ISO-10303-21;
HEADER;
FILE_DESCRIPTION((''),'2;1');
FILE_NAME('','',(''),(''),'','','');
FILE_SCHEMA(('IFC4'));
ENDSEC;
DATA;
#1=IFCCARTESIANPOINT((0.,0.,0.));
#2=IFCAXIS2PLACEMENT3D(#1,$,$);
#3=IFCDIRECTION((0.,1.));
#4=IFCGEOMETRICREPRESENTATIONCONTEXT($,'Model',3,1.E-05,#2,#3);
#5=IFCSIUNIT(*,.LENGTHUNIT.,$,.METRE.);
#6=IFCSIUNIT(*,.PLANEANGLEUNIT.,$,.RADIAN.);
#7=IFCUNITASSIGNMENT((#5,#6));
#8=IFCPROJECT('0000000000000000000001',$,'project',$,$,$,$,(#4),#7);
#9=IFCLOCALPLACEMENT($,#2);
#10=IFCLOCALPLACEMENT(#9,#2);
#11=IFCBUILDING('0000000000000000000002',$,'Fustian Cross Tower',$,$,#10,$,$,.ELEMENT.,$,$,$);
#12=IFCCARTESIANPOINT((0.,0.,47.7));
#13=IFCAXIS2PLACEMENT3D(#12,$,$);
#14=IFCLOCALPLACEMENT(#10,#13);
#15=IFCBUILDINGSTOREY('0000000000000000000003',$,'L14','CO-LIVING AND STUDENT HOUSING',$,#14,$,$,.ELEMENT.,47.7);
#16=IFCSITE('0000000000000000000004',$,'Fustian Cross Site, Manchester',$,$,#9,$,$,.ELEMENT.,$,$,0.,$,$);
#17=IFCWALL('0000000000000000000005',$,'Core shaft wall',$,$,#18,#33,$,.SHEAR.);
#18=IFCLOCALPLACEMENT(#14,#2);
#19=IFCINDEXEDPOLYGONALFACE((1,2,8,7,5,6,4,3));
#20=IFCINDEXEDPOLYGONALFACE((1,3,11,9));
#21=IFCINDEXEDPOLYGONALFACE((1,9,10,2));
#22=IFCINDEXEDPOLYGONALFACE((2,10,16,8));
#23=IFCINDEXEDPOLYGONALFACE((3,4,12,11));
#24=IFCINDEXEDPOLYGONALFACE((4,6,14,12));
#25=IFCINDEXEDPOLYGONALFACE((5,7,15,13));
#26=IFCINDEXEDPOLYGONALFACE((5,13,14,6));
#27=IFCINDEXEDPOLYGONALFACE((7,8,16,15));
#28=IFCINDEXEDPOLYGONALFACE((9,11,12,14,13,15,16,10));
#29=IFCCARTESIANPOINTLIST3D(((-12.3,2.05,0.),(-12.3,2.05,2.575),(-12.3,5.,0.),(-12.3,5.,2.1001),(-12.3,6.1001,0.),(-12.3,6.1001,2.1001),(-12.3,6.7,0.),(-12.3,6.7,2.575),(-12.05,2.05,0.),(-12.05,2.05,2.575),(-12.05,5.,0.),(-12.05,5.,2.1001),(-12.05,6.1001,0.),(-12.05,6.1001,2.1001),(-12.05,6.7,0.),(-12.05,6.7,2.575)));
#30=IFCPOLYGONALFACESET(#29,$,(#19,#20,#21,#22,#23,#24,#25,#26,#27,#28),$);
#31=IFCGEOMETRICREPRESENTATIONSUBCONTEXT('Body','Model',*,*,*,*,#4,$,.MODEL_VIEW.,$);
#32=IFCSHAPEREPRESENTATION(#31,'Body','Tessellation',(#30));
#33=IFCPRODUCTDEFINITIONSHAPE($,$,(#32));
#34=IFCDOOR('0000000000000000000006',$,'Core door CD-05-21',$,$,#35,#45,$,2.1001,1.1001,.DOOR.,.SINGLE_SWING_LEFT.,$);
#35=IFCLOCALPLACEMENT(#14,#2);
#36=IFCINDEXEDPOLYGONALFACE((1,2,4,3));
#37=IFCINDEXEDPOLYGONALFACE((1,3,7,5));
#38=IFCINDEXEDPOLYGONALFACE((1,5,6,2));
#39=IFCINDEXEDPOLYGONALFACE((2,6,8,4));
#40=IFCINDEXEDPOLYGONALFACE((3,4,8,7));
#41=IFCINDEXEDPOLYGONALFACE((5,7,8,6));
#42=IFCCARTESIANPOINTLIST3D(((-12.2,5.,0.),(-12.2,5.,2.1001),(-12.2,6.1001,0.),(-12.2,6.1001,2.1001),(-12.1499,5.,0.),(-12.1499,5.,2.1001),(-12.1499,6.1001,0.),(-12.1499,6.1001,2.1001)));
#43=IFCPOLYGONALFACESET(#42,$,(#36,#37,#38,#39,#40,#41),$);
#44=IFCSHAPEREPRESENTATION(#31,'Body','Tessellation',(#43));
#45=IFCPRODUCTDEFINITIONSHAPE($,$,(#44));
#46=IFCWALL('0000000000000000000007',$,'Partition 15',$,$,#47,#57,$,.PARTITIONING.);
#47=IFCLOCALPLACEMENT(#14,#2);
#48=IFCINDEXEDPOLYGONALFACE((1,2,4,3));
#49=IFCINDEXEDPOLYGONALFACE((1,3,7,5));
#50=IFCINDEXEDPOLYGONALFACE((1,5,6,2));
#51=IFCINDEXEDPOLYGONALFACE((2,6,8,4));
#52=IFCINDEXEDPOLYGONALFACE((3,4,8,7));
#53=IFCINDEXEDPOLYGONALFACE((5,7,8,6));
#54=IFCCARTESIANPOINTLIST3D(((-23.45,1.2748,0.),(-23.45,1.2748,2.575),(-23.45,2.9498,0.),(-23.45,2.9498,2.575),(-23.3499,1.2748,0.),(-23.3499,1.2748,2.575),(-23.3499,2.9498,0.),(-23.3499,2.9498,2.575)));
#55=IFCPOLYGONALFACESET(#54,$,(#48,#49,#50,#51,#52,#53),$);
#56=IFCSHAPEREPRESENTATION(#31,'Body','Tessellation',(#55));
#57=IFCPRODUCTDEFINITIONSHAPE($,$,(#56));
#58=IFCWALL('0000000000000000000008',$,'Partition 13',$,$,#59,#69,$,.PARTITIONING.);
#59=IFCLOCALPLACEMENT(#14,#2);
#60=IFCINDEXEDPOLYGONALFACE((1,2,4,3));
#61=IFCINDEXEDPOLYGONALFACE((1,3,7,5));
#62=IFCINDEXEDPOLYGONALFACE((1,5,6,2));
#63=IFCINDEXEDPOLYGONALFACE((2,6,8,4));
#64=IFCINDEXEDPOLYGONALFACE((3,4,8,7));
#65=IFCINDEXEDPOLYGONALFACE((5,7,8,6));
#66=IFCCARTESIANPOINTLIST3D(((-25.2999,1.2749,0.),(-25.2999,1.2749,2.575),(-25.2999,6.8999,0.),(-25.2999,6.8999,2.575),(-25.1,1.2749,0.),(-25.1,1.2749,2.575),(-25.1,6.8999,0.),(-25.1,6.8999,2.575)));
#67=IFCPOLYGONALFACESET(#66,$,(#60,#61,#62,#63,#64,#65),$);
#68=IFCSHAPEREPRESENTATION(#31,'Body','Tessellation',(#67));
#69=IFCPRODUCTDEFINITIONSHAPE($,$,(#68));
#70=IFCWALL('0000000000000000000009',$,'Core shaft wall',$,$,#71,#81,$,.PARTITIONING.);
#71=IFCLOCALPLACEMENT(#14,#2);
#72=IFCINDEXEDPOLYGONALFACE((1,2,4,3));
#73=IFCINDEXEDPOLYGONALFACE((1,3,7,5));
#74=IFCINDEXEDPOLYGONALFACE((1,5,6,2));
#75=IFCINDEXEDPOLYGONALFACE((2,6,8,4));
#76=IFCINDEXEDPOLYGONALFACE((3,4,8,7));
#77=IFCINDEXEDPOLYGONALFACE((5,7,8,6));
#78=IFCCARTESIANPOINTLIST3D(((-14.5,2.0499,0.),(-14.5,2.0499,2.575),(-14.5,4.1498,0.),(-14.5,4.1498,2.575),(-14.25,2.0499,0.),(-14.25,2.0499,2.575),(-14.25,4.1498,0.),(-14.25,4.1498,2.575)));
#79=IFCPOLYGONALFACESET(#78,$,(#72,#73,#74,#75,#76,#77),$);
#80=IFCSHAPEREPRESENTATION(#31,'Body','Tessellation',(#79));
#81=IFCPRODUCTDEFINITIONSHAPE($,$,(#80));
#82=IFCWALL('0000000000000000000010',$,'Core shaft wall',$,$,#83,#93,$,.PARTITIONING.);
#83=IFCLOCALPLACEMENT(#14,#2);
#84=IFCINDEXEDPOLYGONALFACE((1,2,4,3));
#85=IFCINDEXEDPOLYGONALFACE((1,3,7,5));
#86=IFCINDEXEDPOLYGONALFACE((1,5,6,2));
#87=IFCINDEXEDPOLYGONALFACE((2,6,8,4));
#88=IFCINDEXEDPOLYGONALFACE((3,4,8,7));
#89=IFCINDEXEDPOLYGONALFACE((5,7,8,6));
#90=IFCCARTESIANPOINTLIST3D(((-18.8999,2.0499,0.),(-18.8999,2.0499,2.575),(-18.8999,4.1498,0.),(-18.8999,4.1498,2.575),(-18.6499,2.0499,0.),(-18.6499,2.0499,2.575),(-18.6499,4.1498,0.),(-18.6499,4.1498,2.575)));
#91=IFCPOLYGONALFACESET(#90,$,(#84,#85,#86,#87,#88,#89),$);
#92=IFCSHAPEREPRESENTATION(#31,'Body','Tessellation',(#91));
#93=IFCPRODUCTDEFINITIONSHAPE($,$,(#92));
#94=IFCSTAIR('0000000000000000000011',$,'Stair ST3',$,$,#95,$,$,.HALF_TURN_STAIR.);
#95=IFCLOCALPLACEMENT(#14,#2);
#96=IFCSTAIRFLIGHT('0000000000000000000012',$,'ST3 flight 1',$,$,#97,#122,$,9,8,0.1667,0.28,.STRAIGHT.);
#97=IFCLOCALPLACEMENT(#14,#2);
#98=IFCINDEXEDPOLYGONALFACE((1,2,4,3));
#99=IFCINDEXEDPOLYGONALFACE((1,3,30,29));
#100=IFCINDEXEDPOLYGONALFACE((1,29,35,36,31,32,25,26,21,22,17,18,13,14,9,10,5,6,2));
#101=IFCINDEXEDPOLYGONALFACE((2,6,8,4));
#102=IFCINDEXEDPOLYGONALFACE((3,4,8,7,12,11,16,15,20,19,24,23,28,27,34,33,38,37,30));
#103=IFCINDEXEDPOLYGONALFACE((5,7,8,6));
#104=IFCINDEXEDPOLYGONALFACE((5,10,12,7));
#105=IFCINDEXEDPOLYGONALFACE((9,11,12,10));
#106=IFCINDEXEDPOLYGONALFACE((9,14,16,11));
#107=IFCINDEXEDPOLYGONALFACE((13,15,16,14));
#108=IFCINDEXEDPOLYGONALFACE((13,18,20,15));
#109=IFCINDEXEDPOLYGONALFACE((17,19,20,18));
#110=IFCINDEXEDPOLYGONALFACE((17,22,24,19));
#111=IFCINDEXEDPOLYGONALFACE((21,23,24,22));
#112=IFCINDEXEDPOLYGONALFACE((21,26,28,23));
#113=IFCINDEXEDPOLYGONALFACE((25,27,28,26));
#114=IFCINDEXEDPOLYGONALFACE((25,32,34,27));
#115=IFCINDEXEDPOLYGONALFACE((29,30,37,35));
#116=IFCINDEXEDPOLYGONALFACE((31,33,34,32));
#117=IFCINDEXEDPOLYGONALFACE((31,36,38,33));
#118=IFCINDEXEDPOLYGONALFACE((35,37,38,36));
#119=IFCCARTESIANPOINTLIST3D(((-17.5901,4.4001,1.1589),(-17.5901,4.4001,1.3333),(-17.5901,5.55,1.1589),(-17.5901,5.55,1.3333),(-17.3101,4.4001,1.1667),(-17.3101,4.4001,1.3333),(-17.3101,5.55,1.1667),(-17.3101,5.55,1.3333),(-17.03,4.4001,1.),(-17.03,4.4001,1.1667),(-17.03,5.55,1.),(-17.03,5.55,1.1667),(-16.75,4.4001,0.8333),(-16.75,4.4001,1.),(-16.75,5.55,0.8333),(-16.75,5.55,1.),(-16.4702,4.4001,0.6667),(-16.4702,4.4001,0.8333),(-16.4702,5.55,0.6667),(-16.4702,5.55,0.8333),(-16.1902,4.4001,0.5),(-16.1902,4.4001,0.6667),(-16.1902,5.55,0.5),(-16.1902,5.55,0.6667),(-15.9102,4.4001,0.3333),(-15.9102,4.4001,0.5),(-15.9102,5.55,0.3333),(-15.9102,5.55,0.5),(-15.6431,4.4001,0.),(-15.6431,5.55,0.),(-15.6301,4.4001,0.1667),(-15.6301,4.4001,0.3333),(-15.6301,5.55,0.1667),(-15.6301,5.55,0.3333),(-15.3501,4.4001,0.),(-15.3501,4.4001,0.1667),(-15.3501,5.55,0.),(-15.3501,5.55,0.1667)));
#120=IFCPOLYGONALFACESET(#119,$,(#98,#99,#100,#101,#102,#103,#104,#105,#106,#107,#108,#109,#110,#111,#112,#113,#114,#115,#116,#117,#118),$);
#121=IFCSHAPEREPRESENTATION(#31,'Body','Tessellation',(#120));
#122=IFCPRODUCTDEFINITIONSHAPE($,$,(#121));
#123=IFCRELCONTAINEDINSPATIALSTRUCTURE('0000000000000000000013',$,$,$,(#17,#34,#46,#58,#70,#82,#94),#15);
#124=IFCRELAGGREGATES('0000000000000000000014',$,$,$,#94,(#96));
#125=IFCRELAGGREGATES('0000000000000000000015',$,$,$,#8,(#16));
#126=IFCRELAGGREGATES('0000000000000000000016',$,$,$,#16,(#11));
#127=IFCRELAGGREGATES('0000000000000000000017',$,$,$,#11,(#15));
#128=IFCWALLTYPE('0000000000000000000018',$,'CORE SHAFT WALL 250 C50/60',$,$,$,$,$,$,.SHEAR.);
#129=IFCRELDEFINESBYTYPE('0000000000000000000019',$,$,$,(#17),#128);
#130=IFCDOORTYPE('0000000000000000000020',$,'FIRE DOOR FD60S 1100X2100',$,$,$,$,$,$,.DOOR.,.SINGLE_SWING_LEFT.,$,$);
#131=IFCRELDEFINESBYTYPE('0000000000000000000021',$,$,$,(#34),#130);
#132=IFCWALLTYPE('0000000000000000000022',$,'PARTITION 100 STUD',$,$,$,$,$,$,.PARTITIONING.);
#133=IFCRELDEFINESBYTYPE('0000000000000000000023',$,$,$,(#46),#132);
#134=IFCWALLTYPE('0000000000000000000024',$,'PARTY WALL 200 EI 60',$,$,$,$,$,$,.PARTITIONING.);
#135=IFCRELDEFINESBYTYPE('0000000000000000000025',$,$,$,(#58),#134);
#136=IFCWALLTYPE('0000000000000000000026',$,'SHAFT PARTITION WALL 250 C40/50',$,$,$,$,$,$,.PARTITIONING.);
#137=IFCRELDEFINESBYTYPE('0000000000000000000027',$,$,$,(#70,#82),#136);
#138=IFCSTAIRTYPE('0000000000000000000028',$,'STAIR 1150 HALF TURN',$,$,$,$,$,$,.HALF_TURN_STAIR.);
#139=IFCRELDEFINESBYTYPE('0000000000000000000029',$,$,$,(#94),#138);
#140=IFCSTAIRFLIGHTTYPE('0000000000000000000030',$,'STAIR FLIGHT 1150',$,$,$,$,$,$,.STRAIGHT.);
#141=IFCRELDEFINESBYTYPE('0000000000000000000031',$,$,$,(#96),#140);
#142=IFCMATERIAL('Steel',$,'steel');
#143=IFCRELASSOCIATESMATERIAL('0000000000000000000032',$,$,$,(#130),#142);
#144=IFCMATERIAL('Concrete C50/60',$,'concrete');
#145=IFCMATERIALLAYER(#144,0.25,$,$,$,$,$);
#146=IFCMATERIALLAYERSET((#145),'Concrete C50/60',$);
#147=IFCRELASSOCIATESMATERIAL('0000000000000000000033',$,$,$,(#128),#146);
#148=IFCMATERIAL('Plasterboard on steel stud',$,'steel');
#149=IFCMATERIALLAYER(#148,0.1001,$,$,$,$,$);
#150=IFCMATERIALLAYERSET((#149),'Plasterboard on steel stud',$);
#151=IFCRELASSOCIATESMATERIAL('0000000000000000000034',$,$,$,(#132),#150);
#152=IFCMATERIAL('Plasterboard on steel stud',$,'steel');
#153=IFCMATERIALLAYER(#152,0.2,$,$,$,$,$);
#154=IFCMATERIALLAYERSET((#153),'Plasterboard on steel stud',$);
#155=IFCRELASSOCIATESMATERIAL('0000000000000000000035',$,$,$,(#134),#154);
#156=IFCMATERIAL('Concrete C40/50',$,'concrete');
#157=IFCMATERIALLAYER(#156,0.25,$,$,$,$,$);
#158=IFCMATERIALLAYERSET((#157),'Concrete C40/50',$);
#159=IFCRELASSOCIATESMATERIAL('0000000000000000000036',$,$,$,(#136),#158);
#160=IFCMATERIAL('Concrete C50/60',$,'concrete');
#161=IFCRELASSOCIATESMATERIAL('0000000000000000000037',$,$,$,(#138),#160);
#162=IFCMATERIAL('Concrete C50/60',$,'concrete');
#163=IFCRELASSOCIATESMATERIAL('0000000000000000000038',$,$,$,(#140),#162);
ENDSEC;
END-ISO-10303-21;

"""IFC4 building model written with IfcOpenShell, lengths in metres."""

from ifc_helpers import new_model, si_unit, direction, frame, frame_2d, origin, place, context, subcontext, project, spatial, polyline, rectangle, outline, extrude, material, layer, layer_set, type_object, element, fill, aggregate, save


model = new_model("IFC4")

# Units and contexts
model_context = context("Model", 3, precision=1e-05, world=origin(), true_north=direction((0.0, 1.0)))
body_context = subcontext(model_context, "Body", "Model", "MODEL_VIEW")
ifc_project = project(units=[si_unit("LENGTHUNIT", "METRE"), si_unit("PLANEANGLEUNIT", "RADIAN")], contexts=[model_context])

# Site, building, storey
site_placement = place(None, origin())
site = spatial("IfcSite", under=ifc_project, at=site_placement, Name="Fustian Cross Site, Manchester", CompositionType="ELEMENT", RefElevation=0.0)
building_placement = place(site_placement, origin())
building = spatial("IfcBuilding", under=site, at=building_placement, Name="Fustian Cross Tower", CompositionType="ELEMENT")
storey_placement = place(building_placement, frame((0.0, 0.0, 47.7)))
storey = spatial("IfcBuildingStorey", under=building, at=storey_placement, Name="L14", Description="CO-LIVING AND STUDENT HOUSING", CompositionType="ELEMENT", Elevation=47.7)

# Shared definitions
ifc_material_1 = material(Name="Steel", Category="steel")
door_type_1 = type_object("IfcDoorType", Name="FIRE DOOR FD60S 1100X2100", OperationType="SINGLE_SWING_LEFT", PredefinedType="DOOR", material=ifc_material_1)

# Shared definitions
ifc_material_2 = material(Name="Concrete C50/60", Category="concrete")
ifc_layer_1 = layer(ifc_material_2, 0.25)
ifc_layer_set_1 = layer_set([ifc_layer_1], Name="Concrete C50/60")
wall_type_1 = type_object("IfcWallType", Name="CORE SHAFT WALL 250 C50/60", PredefinedType="SHEAR", material=ifc_layer_set_1)

# Wall, opening, door
wall_1_placement = place(storey_placement, frame((-12.175, 2.05, 0.0), z_axis=(0.0, 0.0, 1.0), x_axis=(0.0, 1.0, 0.0)))
wall_1 = element("IfcWall", 1, at=wall_1_placement, inside=storey, type_object=wall_type_1, Name="Core shaft wall", PredefinedType="SHEAR", context=body_context, shape_type="SweptSolid", body=[
    extrude(rectangle(XDim=4.6499, YDim=0.25, at=frame_2d((2.325, 0.0))), origin(), (0.0, 0.0, 1.0), 2.575),
])
opening_1_placement = place(wall_1_placement, frame((2.95, 0.0, 0.0)))
opening_1 = element("IfcOpeningElement", 2, at=opening_1_placement, cuts=wall_1, PredefinedType="OPENING", context=body_context, shape_type="SweptSolid", body=[
    extrude(rectangle(XDim=1.1001, YDim=2.1001, at=frame_2d((0.55, 1.05))), frame((0.0, 0.135, 0.0), z_axis=(0.0, -1.0, 0.0), x_axis=(1.0, 0.0, 0.0)), (0.0, 0.0, 1.0), 0.27),
])
door_1_placement = place(opening_1_placement, origin())
door_1 = element("IfcDoor", 3, at=door_1_placement, inside=storey, type_object=door_type_1, Name="Core door CD-05-21", OperationType="SINGLE_SWING_LEFT", OverallHeight=2.1001, OverallWidth=1.1001, PredefinedType="DOOR", context=body_context, shape_type="SweptSolid", body=[
    extrude(rectangle(XDim=1.1001, YDim=2.1001, at=frame_2d((0.55, 1.05))), frame((0.0, 0.0249, 0.0), z_axis=(0.0, -1.0, 0.0), x_axis=(1.0, 0.0, 0.0)), (0.0, 0.0, 1.0), 0.05),
])
fill(opening_1, door_1)

# Walls
ifc_material_3 = material(Name="Plasterboard on steel stud", Category="steel")
ifc_layer_2 = layer(ifc_material_3, 0.1001)
ifc_layer_set_2 = layer_set([ifc_layer_2], Name="Plasterboard on steel stud")
wall_type_2 = type_object("IfcWallType", Name="PARTITION 100 STUD", PredefinedType="PARTITIONING", material=ifc_layer_set_2)
wall_2_placement = place(storey_placement, frame((-23.3999, 1.2749, 0.0), z_axis=(0.0, 0.0, 1.0), x_axis=(0.0, 1.0, 0.0)))
element("IfcWall", 4, at=wall_2_placement, inside=storey, type_object=wall_type_2, Name="Partition 15", PredefinedType="PARTITIONING", context=body_context, shape_type="SweptSolid", body=[
    extrude(rectangle(XDim=1.675, YDim=0.1001, at=frame_2d((0.8374, 0.0))), origin(), (0.0, 0.0, 1.0), 2.575),
])
ifc_material_4 = material(Name="Plasterboard on steel stud", Category="steel")
ifc_layer_3 = layer(ifc_material_4, 0.2)
ifc_layer_set_3 = layer_set([ifc_layer_3], Name="Plasterboard on steel stud")
wall_type_3 = type_object("IfcWallType", Name="PARTY WALL 200 EI 60", PredefinedType="PARTITIONING", material=ifc_layer_set_3)
wall_3_placement = place(storey_placement, frame((-25.2, 1.2749, 0.0), z_axis=(0.0, 0.0, 1.0), x_axis=(0.0, 1.0, 0.0)))
element("IfcWall", 5, at=wall_3_placement, inside=storey, type_object=wall_type_3, Name="Partition 13", PredefinedType="PARTITIONING", context=body_context, shape_type="SweptSolid", body=[
    extrude(rectangle(XDim=5.625, YDim=0.2, at=frame_2d((2.8125, 0.0))), origin(), (0.0, 0.0, 1.0), 2.575),
])
ifc_material_5 = material(Name="Concrete C40/50", Category="concrete")
ifc_layer_4 = layer(ifc_material_5, 0.25)
ifc_layer_set_4 = layer_set([ifc_layer_4], Name="Concrete C40/50")
wall_type_4 = type_object("IfcWallType", Name="SHAFT PARTITION WALL 250 C40/50", PredefinedType="PARTITIONING", material=ifc_layer_set_4)
for number, where, z_axis, x_axis, name in (
    (6, (-14.375, 2.05, 0.0), (0.0, 0.0, 1.0), (0.0, 1.0, 0.0), "Core shaft wall"),
    (7, (-18.7749, 2.05, 0.0), (0.0, 0.0, 1.0), (0.0, 1.0, 0.0), "Core shaft wall"),
):
    element("IfcWall", number, at=place(storey_placement, frame(where, z_axis=z_axis, x_axis=x_axis)), inside=storey, type_object=wall_type_4, Name=name, PredefinedType="PARTITIONING", context=body_context, shape_type="SweptSolid", body=[
        extrude(rectangle(XDim=2.0999, YDim=0.25, at=frame_2d((1.0498, 0.0))), origin(), (0.0, 0.0, 1.0), 2.575),
    ])

# Stair, stair flight
ifc_material_6 = material(Name="Concrete C50/60", Category="concrete")
stair_type = type_object("IfcStairType", Name="STAIR 1150 HALF TURN", PredefinedType="HALF_TURN_STAIR", material=ifc_material_6)
stair_placement = place(storey_placement, origin())
stair = element("IfcStair", 8, at=stair_placement, inside=storey, type_object=stair_type, Name="Stair ST3", PredefinedType="HALF_TURN_STAIR")
ifc_material_7 = material(Name="Concrete C50/60", Category="concrete")
stair_flight_type = type_object("IfcStairFlightType", Name="STAIR FLIGHT 1150", PredefinedType="STRAIGHT", material=ifc_material_7)
stair_flight_placement = place(storey_placement, frame((-15.3501, 4.9751, 0.0), z_axis=(0.0, 0.0, 1.0), x_axis=(-1.0, 0.0, 0.0)))
stair_flight = element("IfcStairFlight", 9, at=stair_flight_placement, type_object=stair_flight_type, Name="ST3 flight 1", NumberOfRisers=9, NumberOfTreads=8, PredefinedType="STRAIGHT", RiserHeight=0.1667, TreadLength=0.28, context=body_context, shape_type="SweptSolid", body=[
    extrude(outline(polyline([(0.0, 0.0), (0.0, 0.1667), (0.28, 0.1667), (0.28, 0.3333), (0.5601, 0.3333), (0.5601, 0.5), (0.8401, 0.5), (0.8401, 0.6667), (1.1201, 0.6667), (1.1201, 0.8333), (1.3999, 0.8333), (1.3999, 1.0), (1.6799, 1.0), (1.6799, 1.1667), (1.96, 1.1667), (1.96, 1.3333), (2.24, 1.3333), (2.24, 1.5), (2.24, 1.1589), (0.293, 0.0), (0.0, 0.0)])), frame((0.0, 0.575, 0.0), z_axis=(0.0, -1.0, 0.0), x_axis=(1.0, 0.0, 0.0)), (0.0, 0.0, 1.0), 1.1499),
])
aggregate(stair, [stair_flight])

save(model, "model.ifc")
